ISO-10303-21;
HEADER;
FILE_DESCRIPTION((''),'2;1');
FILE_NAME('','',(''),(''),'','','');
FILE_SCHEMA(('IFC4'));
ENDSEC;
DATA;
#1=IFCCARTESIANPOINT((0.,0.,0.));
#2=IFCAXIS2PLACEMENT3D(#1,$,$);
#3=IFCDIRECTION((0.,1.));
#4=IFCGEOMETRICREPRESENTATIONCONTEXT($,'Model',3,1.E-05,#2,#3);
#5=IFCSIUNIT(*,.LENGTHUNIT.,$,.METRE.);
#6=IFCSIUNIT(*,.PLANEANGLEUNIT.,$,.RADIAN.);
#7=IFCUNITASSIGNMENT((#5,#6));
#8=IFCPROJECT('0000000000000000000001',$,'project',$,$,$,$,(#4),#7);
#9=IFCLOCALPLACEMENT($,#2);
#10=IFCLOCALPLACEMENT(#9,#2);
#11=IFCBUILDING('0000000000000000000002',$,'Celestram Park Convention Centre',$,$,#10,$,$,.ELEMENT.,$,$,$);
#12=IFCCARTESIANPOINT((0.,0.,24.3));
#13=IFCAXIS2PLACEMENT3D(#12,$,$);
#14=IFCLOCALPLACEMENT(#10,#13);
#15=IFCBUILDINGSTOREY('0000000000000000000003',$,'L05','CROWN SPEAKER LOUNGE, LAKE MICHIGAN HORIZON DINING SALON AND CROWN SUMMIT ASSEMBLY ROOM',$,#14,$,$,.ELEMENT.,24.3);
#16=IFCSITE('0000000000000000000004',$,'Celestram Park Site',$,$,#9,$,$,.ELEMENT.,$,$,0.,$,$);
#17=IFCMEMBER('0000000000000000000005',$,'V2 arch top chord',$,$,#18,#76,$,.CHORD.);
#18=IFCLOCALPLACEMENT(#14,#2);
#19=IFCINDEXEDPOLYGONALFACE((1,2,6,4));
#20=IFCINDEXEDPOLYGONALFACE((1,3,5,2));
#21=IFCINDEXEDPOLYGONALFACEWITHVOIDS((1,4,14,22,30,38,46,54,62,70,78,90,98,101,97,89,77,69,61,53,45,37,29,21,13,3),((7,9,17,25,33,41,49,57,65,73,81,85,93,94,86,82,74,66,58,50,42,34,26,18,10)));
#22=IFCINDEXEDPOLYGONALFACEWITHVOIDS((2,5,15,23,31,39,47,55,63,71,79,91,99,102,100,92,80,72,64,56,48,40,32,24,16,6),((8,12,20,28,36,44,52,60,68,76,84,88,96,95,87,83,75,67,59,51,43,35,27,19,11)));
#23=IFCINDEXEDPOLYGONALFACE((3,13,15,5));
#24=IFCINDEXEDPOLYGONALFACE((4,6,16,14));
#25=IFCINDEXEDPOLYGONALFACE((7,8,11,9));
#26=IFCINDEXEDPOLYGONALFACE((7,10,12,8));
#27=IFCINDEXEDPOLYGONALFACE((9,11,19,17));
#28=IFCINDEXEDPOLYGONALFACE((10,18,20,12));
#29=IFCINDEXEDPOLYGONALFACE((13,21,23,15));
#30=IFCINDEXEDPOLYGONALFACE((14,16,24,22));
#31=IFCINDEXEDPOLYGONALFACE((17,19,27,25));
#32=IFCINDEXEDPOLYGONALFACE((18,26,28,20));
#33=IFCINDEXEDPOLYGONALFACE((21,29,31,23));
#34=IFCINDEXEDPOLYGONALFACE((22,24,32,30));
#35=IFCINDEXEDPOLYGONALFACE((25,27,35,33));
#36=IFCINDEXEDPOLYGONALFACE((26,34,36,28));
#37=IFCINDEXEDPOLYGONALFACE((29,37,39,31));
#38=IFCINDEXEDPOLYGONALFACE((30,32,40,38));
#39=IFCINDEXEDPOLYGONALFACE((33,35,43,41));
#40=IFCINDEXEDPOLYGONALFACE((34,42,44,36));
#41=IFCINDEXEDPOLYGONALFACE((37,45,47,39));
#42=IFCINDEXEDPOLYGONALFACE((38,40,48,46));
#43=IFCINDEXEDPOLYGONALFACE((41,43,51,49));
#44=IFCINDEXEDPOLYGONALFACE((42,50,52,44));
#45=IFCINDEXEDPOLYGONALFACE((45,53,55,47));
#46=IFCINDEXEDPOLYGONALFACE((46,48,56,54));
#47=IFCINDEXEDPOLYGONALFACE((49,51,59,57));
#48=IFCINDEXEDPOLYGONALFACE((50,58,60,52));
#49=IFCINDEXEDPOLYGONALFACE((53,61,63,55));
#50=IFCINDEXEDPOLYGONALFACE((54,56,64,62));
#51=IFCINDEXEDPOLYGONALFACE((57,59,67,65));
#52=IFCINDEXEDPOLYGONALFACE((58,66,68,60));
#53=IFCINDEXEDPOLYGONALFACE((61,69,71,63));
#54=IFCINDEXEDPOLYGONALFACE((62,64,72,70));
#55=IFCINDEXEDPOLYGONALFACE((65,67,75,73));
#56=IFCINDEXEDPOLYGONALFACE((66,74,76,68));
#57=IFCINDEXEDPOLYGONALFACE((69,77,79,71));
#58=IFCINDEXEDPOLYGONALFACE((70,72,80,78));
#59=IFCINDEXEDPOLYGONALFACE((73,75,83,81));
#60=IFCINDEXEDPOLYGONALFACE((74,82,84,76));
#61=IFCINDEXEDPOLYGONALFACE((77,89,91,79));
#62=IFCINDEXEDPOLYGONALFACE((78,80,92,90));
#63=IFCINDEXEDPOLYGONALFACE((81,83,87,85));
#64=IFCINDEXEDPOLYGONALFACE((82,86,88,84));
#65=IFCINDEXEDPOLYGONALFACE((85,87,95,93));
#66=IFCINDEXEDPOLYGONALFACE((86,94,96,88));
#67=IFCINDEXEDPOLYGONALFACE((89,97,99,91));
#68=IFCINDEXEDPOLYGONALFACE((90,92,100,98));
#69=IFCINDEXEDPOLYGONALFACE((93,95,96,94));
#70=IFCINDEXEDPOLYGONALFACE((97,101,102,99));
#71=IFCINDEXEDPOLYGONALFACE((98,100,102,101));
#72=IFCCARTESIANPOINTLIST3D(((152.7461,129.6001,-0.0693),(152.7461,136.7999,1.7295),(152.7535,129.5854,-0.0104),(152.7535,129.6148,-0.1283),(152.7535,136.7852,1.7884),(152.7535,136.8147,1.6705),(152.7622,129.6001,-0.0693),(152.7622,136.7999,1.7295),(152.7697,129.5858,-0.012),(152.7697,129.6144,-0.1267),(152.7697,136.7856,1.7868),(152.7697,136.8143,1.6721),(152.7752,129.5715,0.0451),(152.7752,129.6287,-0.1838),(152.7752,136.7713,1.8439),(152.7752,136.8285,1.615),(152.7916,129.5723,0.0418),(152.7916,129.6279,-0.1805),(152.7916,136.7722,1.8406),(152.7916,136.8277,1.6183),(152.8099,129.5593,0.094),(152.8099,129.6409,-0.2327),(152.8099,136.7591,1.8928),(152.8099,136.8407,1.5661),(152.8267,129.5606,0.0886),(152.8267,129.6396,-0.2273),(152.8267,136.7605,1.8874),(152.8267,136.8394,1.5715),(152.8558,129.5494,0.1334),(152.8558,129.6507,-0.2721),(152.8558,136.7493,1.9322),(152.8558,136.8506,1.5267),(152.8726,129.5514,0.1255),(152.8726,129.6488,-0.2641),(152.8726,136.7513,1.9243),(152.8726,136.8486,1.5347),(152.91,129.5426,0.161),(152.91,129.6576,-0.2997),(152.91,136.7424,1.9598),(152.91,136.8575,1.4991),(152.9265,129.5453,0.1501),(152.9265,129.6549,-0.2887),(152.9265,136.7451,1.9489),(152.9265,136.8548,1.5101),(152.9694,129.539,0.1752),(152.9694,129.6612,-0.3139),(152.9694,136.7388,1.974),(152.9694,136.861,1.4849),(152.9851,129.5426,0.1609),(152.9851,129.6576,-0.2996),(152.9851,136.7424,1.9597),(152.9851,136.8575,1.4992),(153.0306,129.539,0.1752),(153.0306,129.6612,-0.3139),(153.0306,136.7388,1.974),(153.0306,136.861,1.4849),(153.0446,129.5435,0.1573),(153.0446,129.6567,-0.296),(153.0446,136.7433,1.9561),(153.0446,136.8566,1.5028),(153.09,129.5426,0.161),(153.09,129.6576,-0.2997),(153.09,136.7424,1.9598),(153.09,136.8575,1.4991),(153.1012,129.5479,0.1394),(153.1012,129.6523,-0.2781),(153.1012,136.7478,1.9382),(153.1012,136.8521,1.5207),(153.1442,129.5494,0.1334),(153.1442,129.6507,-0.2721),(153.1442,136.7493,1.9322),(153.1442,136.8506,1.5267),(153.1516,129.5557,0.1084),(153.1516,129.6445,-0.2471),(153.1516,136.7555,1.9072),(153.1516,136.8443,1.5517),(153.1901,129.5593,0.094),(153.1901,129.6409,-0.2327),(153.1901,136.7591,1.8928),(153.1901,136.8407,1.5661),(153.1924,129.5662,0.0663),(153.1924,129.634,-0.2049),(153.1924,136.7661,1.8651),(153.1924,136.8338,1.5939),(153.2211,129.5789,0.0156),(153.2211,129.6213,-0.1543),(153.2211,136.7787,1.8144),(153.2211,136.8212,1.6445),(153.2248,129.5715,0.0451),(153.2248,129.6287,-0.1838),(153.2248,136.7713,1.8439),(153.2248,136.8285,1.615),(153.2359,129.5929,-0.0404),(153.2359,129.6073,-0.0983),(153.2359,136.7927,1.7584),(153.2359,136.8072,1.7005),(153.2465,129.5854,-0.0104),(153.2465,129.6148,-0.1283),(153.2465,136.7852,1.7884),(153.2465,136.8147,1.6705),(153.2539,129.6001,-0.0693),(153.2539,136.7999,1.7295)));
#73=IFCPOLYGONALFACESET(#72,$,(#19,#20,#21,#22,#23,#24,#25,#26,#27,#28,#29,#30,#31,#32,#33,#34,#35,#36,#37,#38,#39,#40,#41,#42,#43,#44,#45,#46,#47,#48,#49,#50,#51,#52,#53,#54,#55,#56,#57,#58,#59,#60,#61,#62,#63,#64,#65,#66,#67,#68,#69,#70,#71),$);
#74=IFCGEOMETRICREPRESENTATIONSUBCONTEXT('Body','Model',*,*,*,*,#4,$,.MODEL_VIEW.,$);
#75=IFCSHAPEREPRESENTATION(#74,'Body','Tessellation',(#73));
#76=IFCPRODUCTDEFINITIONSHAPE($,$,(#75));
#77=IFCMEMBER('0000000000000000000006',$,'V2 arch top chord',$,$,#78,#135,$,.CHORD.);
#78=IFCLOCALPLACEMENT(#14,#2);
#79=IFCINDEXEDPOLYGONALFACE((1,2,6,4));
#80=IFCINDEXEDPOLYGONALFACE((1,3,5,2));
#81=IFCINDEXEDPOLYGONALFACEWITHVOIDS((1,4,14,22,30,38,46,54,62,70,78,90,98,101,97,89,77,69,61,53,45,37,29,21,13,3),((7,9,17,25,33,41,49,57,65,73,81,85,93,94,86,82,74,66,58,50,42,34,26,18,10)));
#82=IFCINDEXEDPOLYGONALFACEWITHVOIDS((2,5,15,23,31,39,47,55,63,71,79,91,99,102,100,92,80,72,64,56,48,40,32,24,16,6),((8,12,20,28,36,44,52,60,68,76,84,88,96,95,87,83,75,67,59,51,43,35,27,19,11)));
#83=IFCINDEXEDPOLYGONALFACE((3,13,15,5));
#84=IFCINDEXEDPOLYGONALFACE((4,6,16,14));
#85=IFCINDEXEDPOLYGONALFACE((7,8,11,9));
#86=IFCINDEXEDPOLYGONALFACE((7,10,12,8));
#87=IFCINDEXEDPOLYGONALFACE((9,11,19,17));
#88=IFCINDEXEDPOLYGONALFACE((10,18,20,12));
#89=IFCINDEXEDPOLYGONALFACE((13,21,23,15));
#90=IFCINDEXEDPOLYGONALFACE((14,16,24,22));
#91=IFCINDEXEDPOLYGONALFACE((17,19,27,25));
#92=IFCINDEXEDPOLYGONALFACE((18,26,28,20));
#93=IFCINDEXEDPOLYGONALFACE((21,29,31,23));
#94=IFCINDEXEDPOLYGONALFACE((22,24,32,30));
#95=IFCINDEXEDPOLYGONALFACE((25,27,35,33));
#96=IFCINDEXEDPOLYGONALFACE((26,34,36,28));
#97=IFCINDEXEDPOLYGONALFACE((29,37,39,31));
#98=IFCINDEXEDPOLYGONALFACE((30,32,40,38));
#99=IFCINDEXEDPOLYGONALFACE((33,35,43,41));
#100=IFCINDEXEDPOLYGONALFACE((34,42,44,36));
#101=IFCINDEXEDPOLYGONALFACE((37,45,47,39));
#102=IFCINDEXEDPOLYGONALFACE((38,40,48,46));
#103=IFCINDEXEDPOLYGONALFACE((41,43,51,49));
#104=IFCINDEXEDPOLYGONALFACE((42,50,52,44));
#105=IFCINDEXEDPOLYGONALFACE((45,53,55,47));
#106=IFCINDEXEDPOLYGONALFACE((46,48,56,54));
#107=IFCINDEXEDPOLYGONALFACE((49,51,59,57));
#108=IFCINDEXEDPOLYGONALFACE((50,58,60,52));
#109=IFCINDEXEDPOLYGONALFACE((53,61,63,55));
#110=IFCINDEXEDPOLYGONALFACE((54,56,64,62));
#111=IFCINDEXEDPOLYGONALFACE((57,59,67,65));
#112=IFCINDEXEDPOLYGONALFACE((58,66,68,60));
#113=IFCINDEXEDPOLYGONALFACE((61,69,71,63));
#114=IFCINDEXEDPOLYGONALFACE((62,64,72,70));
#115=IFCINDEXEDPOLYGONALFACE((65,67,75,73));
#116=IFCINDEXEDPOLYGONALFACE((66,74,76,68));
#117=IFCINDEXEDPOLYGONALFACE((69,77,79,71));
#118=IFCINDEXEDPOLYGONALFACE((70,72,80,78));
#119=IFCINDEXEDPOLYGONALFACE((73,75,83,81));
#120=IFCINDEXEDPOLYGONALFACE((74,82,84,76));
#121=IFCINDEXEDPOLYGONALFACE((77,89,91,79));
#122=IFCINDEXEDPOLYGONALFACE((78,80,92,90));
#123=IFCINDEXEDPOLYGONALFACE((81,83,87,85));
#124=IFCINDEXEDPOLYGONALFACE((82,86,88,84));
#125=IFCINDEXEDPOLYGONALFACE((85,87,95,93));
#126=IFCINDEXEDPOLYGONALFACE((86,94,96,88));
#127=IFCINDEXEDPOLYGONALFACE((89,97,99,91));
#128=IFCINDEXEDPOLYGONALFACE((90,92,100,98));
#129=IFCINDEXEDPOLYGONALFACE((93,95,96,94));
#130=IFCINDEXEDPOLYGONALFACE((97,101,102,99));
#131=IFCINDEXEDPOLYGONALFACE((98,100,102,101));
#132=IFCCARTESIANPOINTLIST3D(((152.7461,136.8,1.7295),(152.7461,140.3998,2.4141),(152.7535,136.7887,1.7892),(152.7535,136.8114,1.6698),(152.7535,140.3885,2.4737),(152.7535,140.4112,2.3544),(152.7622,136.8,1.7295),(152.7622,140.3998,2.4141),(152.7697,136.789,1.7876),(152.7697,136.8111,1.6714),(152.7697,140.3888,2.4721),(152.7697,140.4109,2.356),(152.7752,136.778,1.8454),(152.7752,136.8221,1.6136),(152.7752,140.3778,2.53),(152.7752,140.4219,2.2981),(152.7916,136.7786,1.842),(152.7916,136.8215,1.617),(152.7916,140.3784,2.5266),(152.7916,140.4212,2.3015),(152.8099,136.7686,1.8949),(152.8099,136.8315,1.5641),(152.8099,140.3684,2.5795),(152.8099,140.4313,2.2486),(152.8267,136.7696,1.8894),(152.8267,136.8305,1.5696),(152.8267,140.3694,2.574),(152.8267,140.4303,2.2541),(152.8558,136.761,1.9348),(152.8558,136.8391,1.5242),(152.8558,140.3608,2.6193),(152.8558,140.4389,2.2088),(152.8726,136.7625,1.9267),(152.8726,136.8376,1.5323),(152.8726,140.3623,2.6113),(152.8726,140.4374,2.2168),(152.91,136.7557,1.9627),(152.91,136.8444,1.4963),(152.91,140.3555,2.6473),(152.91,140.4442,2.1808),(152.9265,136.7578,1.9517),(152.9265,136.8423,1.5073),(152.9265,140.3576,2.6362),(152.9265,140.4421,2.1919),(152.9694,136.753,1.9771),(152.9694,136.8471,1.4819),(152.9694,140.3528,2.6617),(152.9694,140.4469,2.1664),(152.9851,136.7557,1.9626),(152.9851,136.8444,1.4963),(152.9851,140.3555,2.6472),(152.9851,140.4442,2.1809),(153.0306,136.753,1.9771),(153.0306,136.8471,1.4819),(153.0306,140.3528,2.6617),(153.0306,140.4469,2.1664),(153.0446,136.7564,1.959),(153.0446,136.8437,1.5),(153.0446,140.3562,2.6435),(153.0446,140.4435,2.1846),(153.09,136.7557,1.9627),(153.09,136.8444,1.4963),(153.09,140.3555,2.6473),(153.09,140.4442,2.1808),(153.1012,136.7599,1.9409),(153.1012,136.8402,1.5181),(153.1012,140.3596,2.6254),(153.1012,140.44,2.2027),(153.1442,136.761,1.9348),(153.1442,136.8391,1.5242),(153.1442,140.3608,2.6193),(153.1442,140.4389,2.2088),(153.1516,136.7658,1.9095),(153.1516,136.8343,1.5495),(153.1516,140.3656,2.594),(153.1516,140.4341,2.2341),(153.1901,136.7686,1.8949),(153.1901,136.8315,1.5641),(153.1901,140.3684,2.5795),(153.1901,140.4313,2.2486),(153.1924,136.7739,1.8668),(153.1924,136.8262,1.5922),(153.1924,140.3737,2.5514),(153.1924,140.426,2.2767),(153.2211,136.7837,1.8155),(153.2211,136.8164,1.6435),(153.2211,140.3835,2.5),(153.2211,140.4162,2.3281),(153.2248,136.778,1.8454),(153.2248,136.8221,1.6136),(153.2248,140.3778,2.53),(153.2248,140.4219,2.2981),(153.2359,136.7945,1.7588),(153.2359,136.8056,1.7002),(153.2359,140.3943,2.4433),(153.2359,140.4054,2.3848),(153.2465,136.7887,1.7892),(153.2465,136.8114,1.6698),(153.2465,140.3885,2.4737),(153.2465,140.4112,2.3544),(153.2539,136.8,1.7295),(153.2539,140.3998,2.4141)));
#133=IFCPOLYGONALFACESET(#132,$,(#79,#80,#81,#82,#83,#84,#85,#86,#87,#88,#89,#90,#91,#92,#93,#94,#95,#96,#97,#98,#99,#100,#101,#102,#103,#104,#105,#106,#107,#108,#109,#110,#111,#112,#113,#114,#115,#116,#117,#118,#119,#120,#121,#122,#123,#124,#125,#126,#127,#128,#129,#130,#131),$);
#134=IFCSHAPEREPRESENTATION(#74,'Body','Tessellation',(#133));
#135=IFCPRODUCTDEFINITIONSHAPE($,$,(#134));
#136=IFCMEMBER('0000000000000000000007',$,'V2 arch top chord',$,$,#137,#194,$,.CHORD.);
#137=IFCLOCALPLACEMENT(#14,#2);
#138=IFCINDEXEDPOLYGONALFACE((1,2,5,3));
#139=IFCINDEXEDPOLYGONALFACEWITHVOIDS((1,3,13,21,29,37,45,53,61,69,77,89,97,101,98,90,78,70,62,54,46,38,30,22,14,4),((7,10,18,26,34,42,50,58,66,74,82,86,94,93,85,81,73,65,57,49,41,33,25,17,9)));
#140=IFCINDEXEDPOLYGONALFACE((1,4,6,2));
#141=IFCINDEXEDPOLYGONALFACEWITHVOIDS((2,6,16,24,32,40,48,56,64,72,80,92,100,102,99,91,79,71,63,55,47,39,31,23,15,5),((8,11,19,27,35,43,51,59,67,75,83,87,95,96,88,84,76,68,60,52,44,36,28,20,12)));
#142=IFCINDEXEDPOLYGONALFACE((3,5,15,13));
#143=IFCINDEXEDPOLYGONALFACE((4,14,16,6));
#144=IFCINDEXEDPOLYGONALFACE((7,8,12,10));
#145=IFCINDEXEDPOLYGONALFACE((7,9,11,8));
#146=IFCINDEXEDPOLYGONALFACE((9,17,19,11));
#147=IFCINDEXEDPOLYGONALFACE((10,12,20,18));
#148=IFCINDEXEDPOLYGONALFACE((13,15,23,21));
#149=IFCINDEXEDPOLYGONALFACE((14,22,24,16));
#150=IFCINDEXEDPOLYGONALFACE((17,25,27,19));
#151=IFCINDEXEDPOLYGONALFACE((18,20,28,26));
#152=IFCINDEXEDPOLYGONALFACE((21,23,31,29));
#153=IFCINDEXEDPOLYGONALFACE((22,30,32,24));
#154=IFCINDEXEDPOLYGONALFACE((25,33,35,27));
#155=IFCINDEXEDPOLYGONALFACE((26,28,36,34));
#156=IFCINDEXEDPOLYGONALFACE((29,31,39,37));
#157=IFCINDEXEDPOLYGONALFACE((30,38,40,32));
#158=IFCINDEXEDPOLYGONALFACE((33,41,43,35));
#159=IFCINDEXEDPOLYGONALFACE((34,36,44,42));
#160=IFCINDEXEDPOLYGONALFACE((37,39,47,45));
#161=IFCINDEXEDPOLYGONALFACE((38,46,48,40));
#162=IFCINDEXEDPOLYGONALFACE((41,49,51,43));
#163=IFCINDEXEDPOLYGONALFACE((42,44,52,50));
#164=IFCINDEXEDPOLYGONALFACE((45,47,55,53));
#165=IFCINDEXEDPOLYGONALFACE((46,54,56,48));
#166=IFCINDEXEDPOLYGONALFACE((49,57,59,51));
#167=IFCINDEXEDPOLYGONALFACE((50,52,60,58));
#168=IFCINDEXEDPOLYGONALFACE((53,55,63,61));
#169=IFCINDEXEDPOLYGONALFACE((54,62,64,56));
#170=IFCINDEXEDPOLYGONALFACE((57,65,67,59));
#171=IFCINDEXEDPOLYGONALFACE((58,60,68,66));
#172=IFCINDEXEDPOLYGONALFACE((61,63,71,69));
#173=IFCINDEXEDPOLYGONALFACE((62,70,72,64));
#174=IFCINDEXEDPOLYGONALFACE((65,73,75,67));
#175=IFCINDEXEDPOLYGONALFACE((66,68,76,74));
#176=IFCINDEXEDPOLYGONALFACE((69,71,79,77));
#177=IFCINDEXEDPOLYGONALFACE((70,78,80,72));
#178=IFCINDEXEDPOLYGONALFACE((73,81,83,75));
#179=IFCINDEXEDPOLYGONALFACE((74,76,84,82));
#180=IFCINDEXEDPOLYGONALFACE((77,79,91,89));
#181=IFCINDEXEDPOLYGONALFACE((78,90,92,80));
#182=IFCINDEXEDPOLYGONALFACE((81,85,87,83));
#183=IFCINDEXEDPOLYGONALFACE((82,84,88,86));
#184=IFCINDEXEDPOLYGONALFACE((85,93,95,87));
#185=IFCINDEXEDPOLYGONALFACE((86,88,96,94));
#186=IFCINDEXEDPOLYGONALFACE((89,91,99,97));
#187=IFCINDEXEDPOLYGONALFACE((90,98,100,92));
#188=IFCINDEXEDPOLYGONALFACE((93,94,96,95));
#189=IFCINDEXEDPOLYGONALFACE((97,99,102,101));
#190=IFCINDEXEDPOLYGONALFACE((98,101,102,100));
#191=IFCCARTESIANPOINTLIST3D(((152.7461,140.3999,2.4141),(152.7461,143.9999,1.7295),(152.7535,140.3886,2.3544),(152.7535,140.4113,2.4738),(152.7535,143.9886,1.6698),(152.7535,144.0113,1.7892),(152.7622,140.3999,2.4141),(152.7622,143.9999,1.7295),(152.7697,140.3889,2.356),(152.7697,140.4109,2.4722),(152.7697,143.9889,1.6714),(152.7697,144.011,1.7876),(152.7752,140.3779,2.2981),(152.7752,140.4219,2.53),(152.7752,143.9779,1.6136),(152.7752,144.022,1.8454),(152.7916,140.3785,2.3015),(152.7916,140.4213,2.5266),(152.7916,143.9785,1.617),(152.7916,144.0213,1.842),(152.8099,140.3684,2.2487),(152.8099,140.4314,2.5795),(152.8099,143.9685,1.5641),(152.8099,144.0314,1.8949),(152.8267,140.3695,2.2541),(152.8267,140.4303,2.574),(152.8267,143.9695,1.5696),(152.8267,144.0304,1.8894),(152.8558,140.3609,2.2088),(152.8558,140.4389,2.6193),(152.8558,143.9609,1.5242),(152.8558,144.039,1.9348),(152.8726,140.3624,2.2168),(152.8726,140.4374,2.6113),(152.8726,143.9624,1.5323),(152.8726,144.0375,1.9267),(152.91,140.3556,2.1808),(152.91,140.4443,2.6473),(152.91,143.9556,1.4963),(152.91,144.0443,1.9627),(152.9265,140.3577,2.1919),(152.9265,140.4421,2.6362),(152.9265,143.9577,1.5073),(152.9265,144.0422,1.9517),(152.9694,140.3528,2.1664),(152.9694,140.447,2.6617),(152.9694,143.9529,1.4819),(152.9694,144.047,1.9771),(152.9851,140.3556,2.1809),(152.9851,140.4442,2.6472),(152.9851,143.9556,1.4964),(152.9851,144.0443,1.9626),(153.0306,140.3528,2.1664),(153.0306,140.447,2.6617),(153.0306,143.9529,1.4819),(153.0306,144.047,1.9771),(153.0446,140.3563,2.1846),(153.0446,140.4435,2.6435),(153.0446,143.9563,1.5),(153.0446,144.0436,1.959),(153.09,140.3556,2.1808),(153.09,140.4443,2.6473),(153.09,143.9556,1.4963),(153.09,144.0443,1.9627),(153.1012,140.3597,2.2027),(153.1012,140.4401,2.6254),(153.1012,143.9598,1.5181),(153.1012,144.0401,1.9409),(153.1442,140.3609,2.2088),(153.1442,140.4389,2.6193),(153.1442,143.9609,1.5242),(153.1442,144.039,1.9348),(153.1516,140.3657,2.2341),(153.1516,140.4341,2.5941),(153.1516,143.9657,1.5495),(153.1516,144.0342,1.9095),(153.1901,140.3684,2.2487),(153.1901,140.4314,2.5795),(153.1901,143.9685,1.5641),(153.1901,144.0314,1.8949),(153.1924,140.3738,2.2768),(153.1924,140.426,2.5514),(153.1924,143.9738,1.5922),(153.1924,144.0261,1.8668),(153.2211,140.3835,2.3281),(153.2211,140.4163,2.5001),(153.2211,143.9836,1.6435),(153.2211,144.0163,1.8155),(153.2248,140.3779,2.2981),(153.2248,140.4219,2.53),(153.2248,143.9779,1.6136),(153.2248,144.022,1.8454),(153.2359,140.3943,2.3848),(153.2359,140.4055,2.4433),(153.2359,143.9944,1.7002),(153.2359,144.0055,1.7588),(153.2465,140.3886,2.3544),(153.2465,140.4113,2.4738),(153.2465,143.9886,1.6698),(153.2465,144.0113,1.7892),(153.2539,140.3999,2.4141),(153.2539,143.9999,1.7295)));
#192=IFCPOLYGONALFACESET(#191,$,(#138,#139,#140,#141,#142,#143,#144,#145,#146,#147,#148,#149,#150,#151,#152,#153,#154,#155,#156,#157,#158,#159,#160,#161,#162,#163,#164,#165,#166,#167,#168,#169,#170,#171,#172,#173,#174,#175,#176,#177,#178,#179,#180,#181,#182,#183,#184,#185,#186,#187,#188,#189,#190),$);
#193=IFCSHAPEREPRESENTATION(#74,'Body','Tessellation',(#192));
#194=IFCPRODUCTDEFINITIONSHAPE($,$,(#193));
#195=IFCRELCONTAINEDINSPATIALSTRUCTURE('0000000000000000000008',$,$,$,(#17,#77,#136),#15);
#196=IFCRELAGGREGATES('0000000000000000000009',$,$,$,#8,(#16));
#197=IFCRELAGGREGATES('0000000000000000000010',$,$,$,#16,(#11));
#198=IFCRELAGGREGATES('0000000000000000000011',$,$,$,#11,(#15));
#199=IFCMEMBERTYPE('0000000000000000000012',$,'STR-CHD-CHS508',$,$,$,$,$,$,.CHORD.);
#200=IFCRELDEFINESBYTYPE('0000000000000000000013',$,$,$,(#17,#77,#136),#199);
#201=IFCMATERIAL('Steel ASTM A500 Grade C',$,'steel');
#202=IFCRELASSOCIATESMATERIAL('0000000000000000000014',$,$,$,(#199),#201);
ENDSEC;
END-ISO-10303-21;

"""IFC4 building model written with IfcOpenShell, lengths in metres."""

from ifc_helpers import new_model, si_unit, direction, frame, origin, origin_2d, place, context, subcontext, project, spatial, hollow_circle, extrude, material, material_profile, profile_set, type_object, element, save


model = new_model("IFC4")

# Units and contexts
model_context = context("Model", 3, precision=1e-05, world=origin(), true_north=direction((0.0, 1.0)))
body_context = subcontext(model_context, "Body", "Model", "MODEL_VIEW")
ifc_project = project(units=[si_unit("LENGTHUNIT", "METRE"), si_unit("PLANEANGLEUNIT", "RADIAN")], contexts=[model_context])

# Site, building, storey
site_placement = place(None, origin())
site = spatial("IfcSite", under=ifc_project, at=site_placement, Name="Celestram Park Site", CompositionType="ELEMENT", RefElevation=0.0)
building_placement = place(site_placement, origin())
building = spatial("IfcBuilding", under=site, at=building_placement, Name="Celestram Park Convention Centre", CompositionType="ELEMENT")
storey_placement = place(building_placement, frame((0.0, 0.0, 24.3)))
storey = spatial("IfcBuildingStorey", under=building, at=storey_placement, Name="L05", Description="CROWN SPEAKER LOUNGE, LAKE MICHIGAN HORIZON DINING SALON AND CROWN SUMMIT ASSEMBLY ROOM", CompositionType="ELEMENT", Elevation=24.3)

# Members
ifc_material_1 = material(Name="Steel ASTM A500 Grade C", Category="steel")
ifc_material_profile_1 = material_profile(ifc_material_1, hollow_circle(Radius=0.2539, WallThickness=0.0161, at=origin_2d()), Name="CHS508X16")
ifc_profile_set_1 = profile_set([ifc_material_profile_1], Name="Steel ASTM A500 Grade C")
member_type_1 = type_object("IfcMemberType", Name="STR-CHD-CHS508", PredefinedType="CHORD", material=ifc_profile_set_1)
member_1_placement = place(storey_placement, frame((153.0, 129.6001, -0.0693), z_axis=(0.0, 0.970179, 0.242389), x_axis=(-1.0, 0.0, 0.0)))
element("IfcMember", 1, at=member_1_placement, inside=storey, type_object=member_type_1, Name="V2 arch top chord", PredefinedType="CHORD", context=body_context, shape_type="SweptSolid", body=[
    extrude(hollow_circle(Radius=0.2539, WallThickness=0.0161, at=origin_2d()), origin(), (0.0, 0.0, 1.0), 7.4211),
])
member_2_placement = place(storey_placement, frame((153.0, 136.8, 1.7295), z_axis=(0.0, 0.982395, 0.186818), x_axis=(-1.0, 0.0, 0.0)))
element("IfcMember", 2, at=member_2_placement, inside=storey, type_object=member_type_1, Name="V2 arch top chord", PredefinedType="CHORD", context=body_context, shape_type="SweptSolid", body=[
    extrude(hollow_circle(Radius=0.2539, WallThickness=0.0161, at=origin_2d()), origin(), (0.0, 0.0, 1.0), 3.6643),
])
member_3_placement = place(storey_placement, frame((153.0, 140.3999, 2.4141), z_axis=(0.0, 0.982397, -0.186806), x_axis=(-1.0, 0.0, 0.0)))
element("IfcMember", 3, at=member_3_placement, inside=storey, type_object=member_type_1, Name="V2 arch top chord", PredefinedType="CHORD", context=body_context, shape_type="SweptSolid", body=[
    extrude(hollow_circle(Radius=0.2539, WallThickness=0.0161, at=origin_2d()), origin(), (0.0, 0.0, 1.0), 3.6646),
])

save(model, "model.ifc")
